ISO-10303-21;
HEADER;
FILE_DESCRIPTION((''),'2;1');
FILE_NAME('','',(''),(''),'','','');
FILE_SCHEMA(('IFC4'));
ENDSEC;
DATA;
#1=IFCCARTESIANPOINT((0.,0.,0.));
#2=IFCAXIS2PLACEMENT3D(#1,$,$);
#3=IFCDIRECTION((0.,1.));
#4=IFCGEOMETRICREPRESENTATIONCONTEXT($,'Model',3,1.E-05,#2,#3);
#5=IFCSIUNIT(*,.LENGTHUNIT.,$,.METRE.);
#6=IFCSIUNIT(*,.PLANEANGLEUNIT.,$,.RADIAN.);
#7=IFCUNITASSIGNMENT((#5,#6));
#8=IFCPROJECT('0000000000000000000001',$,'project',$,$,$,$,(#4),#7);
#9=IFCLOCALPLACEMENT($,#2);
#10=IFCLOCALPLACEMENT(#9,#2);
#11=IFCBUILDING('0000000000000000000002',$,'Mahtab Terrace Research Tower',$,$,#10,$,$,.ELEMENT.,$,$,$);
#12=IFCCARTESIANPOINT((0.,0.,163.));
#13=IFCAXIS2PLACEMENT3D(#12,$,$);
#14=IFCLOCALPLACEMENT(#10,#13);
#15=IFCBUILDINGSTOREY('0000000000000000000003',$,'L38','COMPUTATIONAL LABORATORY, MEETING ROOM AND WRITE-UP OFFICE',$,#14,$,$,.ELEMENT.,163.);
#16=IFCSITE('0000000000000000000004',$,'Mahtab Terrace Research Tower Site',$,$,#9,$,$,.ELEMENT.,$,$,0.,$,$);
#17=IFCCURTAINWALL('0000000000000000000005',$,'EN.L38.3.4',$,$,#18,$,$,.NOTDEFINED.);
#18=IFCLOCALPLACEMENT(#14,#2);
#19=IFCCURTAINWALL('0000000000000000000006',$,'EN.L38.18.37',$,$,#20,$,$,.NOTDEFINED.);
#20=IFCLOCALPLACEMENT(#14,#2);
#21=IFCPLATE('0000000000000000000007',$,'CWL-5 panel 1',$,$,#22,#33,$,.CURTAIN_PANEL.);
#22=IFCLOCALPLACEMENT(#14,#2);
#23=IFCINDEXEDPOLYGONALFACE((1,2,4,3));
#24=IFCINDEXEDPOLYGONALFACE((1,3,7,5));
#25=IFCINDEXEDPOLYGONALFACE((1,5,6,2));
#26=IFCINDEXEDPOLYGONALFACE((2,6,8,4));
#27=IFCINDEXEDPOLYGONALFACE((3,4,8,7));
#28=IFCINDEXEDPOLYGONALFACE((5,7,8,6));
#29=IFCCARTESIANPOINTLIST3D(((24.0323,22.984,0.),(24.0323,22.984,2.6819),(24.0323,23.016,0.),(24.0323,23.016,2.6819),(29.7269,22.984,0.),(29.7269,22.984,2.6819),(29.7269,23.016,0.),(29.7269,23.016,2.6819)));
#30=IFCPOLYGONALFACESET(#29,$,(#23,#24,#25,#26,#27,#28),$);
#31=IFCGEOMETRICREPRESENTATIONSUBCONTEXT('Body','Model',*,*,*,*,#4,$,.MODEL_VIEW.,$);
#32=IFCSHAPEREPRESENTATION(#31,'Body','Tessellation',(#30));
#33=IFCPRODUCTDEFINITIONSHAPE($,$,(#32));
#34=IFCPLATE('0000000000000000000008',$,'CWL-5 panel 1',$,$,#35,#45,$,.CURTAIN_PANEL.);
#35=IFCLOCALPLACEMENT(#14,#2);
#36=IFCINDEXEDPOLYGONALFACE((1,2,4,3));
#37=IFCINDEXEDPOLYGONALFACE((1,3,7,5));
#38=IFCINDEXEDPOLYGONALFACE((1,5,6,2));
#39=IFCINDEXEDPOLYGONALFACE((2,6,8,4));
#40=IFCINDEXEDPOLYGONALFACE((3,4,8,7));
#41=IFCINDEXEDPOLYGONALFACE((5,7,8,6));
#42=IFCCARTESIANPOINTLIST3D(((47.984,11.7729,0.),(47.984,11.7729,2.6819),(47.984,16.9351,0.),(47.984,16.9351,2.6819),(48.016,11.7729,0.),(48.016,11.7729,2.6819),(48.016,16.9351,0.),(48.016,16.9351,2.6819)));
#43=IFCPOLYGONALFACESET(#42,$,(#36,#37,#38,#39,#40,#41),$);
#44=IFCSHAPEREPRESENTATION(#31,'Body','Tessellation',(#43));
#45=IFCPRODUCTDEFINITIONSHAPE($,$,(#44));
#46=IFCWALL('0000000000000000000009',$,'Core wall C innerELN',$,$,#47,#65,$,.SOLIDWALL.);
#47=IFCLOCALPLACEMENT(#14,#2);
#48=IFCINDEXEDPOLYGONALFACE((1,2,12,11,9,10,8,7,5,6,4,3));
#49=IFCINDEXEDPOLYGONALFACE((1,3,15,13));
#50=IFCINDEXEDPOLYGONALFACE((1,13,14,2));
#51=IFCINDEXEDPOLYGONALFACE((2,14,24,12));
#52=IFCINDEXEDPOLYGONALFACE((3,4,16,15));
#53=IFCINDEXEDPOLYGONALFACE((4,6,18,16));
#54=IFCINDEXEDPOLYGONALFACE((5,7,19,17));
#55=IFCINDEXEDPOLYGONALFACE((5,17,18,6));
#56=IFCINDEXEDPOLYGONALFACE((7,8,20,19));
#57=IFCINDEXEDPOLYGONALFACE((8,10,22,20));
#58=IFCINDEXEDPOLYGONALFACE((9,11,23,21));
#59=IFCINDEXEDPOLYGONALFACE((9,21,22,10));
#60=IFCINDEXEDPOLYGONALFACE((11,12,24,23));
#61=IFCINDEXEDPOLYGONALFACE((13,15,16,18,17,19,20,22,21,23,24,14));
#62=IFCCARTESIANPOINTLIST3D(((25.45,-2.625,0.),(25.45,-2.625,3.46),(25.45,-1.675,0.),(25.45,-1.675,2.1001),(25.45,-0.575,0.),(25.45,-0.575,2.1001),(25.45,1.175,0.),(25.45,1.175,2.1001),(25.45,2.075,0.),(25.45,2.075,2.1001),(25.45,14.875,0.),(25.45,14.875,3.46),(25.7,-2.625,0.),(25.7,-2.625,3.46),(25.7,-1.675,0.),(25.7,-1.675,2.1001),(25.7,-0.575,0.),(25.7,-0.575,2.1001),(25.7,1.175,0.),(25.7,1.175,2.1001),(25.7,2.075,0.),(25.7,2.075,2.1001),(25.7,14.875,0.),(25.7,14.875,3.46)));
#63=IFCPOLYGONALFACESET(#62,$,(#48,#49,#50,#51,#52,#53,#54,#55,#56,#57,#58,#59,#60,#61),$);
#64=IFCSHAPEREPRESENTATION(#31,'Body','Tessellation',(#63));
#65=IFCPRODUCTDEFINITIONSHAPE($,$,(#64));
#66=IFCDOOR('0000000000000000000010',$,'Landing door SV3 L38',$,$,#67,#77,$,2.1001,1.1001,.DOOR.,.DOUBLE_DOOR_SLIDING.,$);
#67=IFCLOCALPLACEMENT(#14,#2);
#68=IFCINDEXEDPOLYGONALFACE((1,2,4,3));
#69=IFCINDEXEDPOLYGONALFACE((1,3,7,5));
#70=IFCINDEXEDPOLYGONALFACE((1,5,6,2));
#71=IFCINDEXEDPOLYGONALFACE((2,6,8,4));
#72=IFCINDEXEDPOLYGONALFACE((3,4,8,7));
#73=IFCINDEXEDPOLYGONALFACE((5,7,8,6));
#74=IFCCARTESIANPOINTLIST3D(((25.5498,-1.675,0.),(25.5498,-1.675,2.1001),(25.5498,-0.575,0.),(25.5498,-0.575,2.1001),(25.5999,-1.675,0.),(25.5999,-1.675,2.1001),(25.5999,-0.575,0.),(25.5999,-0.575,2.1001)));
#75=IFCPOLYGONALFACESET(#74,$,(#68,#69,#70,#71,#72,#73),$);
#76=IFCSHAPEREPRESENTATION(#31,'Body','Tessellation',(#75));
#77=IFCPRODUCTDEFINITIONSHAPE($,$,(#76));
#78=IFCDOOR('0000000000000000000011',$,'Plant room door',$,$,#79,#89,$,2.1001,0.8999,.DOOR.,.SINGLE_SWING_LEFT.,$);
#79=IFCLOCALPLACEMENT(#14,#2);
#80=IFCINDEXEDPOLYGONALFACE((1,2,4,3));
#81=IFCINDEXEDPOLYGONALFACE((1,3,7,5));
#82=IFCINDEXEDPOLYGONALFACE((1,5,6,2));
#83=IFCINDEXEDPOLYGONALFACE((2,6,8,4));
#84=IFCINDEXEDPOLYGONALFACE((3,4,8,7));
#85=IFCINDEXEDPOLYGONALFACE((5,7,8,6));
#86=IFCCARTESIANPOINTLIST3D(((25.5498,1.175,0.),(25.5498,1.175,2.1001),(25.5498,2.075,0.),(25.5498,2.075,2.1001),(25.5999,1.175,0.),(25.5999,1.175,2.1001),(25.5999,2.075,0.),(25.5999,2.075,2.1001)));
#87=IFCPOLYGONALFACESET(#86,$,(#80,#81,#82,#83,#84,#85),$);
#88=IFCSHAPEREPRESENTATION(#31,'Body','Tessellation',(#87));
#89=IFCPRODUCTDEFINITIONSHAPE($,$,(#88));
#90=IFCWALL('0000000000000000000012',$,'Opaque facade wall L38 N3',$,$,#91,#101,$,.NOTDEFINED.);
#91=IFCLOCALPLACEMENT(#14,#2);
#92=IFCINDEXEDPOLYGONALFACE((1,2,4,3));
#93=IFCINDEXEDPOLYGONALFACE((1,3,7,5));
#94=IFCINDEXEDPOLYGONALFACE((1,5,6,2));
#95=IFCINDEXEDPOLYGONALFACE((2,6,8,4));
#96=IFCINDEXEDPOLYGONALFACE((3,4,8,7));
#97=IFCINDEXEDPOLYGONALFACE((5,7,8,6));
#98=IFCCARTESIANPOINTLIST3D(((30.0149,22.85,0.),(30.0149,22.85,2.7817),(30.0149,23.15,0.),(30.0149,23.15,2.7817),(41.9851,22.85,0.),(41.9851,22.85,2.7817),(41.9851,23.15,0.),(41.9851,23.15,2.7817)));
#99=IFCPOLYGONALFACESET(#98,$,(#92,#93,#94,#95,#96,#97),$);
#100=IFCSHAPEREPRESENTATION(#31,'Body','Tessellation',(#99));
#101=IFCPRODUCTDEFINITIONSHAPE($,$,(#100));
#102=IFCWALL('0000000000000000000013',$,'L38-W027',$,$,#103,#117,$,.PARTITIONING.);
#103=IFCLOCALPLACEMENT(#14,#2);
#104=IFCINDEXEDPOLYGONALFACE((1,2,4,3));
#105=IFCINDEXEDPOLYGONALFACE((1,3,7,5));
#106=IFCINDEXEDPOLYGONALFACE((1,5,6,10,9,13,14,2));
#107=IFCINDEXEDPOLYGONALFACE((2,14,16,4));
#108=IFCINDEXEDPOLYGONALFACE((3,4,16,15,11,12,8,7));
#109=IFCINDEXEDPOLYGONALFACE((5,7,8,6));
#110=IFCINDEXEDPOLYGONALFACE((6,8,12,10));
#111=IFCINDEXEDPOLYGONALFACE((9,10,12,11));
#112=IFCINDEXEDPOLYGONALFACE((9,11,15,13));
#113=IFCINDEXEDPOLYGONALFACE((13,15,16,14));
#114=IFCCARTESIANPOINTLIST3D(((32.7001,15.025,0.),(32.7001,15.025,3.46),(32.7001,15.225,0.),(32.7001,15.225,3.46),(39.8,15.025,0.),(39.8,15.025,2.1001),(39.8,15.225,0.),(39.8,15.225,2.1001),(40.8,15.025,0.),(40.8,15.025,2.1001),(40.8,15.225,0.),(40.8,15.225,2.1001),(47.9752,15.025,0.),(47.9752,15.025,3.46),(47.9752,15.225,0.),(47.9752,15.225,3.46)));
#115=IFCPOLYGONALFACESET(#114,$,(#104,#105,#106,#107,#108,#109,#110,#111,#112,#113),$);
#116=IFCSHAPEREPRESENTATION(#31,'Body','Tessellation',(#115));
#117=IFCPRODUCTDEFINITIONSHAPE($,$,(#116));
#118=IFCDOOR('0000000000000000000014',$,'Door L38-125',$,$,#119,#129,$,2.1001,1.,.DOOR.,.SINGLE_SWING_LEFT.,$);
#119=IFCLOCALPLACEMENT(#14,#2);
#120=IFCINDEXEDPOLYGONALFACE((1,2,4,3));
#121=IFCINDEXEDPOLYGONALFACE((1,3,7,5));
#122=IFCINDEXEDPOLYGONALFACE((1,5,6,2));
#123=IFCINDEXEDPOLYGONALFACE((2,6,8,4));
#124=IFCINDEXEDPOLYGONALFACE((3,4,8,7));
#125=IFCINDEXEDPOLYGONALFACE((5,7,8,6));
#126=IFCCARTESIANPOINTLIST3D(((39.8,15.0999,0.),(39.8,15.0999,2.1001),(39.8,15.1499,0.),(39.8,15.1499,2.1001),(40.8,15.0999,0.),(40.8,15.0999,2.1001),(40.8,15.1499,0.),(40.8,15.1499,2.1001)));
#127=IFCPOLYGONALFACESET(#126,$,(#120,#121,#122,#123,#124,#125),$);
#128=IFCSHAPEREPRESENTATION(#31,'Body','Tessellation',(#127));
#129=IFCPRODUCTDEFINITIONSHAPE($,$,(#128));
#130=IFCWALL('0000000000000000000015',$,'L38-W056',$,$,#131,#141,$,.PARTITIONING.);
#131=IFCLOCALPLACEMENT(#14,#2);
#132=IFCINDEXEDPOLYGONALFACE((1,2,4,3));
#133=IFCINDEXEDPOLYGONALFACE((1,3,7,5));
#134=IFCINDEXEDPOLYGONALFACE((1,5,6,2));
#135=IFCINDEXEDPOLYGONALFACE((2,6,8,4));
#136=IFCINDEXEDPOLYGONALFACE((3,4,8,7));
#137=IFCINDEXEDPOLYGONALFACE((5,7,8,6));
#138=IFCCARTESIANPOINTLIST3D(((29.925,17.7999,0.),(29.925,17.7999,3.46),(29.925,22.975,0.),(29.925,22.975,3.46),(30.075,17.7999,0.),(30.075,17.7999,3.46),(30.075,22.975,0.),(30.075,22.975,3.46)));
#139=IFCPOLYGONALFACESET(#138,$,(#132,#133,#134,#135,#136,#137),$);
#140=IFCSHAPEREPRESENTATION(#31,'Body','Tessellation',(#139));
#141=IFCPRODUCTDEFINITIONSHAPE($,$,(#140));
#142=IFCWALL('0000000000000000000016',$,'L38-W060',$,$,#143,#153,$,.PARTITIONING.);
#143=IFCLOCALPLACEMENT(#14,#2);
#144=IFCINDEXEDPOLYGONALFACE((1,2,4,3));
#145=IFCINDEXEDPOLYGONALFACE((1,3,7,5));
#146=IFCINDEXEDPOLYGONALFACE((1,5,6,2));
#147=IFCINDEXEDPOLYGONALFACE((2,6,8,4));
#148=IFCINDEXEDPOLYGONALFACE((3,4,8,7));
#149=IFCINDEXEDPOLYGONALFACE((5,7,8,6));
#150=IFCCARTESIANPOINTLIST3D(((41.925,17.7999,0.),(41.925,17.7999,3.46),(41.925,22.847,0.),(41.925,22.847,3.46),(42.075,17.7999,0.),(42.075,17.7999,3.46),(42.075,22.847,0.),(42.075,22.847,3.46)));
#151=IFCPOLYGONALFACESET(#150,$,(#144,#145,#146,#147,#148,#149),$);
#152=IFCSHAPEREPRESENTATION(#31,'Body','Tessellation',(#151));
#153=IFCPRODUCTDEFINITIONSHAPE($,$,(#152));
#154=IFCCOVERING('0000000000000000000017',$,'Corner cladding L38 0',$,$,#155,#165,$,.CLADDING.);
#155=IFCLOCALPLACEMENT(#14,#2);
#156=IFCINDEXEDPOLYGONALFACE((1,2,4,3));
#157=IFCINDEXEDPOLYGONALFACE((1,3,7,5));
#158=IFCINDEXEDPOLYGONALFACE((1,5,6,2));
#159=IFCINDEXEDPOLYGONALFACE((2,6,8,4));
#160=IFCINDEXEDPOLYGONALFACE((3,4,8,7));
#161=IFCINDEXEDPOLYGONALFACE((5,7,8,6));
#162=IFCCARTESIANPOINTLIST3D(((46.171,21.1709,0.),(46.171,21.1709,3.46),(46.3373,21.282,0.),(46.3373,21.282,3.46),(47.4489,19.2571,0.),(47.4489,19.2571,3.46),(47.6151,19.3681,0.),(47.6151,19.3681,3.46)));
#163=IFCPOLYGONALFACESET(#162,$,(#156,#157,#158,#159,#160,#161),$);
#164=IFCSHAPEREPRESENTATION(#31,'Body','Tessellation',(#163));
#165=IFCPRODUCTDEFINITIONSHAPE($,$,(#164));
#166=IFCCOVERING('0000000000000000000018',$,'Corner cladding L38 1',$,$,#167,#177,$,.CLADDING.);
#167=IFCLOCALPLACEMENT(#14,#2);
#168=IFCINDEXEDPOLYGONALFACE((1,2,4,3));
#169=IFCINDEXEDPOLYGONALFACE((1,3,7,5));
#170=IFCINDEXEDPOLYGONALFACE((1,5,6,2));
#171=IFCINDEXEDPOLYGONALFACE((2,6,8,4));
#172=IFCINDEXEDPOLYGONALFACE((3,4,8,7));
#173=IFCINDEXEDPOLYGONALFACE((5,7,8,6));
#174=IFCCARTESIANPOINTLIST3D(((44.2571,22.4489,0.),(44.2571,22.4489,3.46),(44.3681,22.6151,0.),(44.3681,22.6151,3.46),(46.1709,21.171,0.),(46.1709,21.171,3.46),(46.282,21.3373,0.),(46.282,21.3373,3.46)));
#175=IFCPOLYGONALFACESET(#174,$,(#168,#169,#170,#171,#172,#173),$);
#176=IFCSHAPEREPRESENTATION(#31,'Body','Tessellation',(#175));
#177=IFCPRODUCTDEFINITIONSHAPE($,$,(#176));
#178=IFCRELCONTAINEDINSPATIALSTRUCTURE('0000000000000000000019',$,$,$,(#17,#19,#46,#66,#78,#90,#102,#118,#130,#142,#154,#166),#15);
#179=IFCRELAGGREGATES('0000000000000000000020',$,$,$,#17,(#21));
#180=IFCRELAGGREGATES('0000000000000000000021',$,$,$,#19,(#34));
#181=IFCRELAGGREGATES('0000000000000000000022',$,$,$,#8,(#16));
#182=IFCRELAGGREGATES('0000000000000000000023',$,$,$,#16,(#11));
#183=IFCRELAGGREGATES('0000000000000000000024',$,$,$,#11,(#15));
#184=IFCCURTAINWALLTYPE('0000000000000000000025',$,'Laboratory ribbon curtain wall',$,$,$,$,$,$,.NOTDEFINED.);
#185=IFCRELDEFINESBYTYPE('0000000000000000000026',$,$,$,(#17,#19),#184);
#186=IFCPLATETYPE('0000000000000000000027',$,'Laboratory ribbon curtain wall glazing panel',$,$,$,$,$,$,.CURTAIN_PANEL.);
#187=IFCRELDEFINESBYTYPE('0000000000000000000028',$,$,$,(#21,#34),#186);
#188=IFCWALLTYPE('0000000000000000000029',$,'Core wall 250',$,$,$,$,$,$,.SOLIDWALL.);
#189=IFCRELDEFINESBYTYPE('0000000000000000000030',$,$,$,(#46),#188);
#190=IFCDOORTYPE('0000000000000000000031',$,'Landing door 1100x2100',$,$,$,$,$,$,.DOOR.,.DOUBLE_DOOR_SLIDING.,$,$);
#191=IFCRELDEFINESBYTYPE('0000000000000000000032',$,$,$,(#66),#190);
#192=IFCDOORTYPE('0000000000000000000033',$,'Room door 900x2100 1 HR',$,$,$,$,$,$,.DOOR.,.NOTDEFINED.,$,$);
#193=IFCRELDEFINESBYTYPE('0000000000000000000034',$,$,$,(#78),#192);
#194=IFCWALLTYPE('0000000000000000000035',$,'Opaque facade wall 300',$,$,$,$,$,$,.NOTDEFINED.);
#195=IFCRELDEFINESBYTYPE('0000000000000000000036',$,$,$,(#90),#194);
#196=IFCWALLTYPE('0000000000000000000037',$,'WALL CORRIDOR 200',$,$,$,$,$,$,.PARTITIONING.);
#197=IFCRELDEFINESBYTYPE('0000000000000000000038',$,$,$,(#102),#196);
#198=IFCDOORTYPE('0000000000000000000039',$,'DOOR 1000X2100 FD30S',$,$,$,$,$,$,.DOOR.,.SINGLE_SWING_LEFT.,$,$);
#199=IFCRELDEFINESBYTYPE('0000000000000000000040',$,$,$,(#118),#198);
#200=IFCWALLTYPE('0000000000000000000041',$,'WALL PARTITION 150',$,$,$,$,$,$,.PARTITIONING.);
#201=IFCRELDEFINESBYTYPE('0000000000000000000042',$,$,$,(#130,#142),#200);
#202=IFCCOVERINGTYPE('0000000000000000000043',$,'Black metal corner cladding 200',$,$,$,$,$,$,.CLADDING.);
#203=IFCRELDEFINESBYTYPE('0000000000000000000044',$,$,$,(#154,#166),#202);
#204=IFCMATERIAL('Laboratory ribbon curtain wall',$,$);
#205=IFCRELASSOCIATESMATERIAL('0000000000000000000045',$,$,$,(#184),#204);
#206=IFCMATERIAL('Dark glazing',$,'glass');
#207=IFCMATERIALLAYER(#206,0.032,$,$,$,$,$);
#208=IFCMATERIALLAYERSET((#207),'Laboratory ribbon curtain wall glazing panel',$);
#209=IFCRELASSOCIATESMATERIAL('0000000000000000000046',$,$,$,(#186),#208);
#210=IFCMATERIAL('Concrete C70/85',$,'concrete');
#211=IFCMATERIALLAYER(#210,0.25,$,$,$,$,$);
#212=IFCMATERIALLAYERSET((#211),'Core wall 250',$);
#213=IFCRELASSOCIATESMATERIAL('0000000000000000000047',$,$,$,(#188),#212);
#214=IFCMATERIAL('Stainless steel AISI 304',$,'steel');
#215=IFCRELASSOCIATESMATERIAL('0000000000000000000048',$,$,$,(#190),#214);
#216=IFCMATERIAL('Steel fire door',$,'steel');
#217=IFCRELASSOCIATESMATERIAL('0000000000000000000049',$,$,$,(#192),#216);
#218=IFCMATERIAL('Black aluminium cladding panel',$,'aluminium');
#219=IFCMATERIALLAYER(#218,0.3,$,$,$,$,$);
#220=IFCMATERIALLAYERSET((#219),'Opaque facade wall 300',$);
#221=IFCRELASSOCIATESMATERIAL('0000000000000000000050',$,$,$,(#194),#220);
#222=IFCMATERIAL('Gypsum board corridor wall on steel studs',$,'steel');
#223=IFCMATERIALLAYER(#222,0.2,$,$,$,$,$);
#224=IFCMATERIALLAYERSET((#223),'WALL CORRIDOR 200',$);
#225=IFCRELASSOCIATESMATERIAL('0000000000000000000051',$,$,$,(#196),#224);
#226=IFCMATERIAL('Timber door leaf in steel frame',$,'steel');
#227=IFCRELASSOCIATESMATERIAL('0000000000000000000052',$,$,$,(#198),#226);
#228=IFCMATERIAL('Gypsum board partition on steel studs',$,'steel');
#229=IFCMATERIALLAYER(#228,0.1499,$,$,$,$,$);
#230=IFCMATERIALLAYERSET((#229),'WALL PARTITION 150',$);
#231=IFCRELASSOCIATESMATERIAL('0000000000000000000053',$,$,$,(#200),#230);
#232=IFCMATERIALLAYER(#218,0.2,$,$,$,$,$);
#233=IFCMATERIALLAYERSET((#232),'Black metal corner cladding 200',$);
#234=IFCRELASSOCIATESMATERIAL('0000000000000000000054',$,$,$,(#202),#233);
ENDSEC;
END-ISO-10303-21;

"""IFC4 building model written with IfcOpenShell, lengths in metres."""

from ifc_helpers import new_model, si_unit, direction, frame, frame_2d, origin, origin_2d, place, context, subcontext, project, spatial, rectangle, extrude, material, layer, layer_set, type_object, element, fill, aggregate, save


model = new_model("IFC4")

# Units and contexts
model_context = context("Model", 3, precision=1e-05, world=origin(), true_north=direction((0.0, 1.0)))
body_context = subcontext(model_context, "Body", "Model", "MODEL_VIEW")
ifc_project = project(units=[si_unit("LENGTHUNIT", "METRE"), si_unit("PLANEANGLEUNIT", "RADIAN")], contexts=[model_context])

# Site, building, storey
site_placement = place(None, origin())
site = spatial("IfcSite", under=ifc_project, at=site_placement, Name="Mahtab Terrace Research Tower Site", CompositionType="ELEMENT", RefElevation=0.0)
building_placement = place(site_placement, origin())
building = spatial("IfcBuilding", under=site, at=building_placement, Name="Mahtab Terrace Research Tower", CompositionType="ELEMENT")
storey_placement = place(building_placement, frame((0.0, 0.0, 163.0)))
storey = spatial("IfcBuildingStorey", under=building, at=storey_placement, Name="L38", Description="COMPUTATIONAL LABORATORY, MEETING ROOM AND WRITE-UP OFFICE", CompositionType="ELEMENT", Elevation=163.0)

# Curtain walls
ifc_material_1 = material(Name="Laboratory ribbon curtain wall")
curtain_wall_type = type_object("IfcCurtainWallType", Name="Laboratory ribbon curtain wall", PredefinedType="NOTDEFINED", material=ifc_material_1)
curtain_wall_1_placement = place(storey_placement, origin())
curtain_wall_1 = element("IfcCurtainWall", 1, at=curtain_wall_1_placement, inside=storey, type_object=curtain_wall_type, Name="EN.L38.3.4", PredefinedType="NOTDEFINED")
curtain_wall_2_placement = place(storey_placement, origin())
curtain_wall_2 = element("IfcCurtainWall", 2, at=curtain_wall_2_placement, inside=storey, type_object=curtain_wall_type, Name="EN.L38.18.37", PredefinedType="NOTDEFINED")

# Plates
ifc_material_2 = material(Name="Dark glazing", Category="glass")
ifc_layer_1 = layer(ifc_material_2, 0.032)
ifc_layer_set_1 = layer_set([ifc_layer_1], Name="Laboratory ribbon curtain wall glazing panel")
plate_type = type_object("IfcPlateType", Name="Laboratory ribbon curtain wall glazing panel", PredefinedType="CURTAIN_PANEL", material=ifc_layer_set_1)
plate_1_placement = place(storey_placement, frame((26.8796, 23.0, 0.0), z_axis=(0.0, 0.0, 1.0), x_axis=(-1.0, 0.0, 0.0)))
plate_1 = element("IfcPlate", 3, at=plate_1_placement, type_object=plate_type, Name="CWL-5 panel 1", PredefinedType="CURTAIN_PANEL", context=body_context, shape_type="SweptSolid", body=[
    extrude(rectangle(XDim=5.6946, YDim=0.032, at=origin_2d()), origin(), (0.0, 0.0, 1.0), 2.6819),
])
aggregate(curtain_wall_1, [plate_1])
plate_2_placement = place(storey_placement, frame((48.0, 14.354, 0.0), z_axis=(0.0, 0.0, 1.0), x_axis=(0.0, 1.0, 0.0)))
plate_2 = element("IfcPlate", 4, at=plate_2_placement, type_object=plate_type, Name="CWL-5 panel 1", PredefinedType="CURTAIN_PANEL", context=body_context, shape_type="SweptSolid", body=[
    extrude(rectangle(XDim=5.1621, YDim=0.032, at=origin_2d()), origin(), (0.0, 0.0, 1.0), 2.6819),
])
aggregate(curtain_wall_2, [plate_2])

# Wall, openings, doors
ifc_material_3 = material(Name="Concrete C70/85", Category="concrete")
ifc_layer_2 = layer(ifc_material_3, 0.25)
ifc_layer_set_2 = layer_set([ifc_layer_2], Name="Core wall 250")
wall_type_1 = type_object("IfcWallType", Name="Core wall 250", PredefinedType="SOLIDWALL", material=ifc_layer_set_2)
wall_1_placement = place(storey_placement, frame((25.575, 14.875, 0.0), z_axis=(0.0, 0.0, 1.0), x_axis=(0.0, -1.0, 0.0)))
wall_1 = element("IfcWall", 5, at=wall_1_placement, inside=storey, type_object=wall_type_1, Name="Core wall C innerELN", PredefinedType="SOLIDWALL", context=body_context, shape_type="SweptSolid", body=[
    extrude(rectangle(XDim=17.5, YDim=0.25, at=frame_2d((8.75, 0.0))), origin(), (0.0, 0.0, 1.0), 3.46),
])
opening_1_placement = place(wall_1_placement, frame((15.45, 0.0, 0.0)))
opening_1 = element("IfcOpeningElement", 6, at=opening_1_placement, cuts=wall_1, PredefinedType="OPENING", context=body_context, shape_type="SweptSolid", body=[
    extrude(rectangle(XDim=1.1001, YDim=2.1001, at=frame_2d((0.55, 1.05))), frame((0.0, 0.135, 0.0), z_axis=(0.0, -1.0, 0.0), x_axis=(1.0, 0.0, 0.0)), (0.0, 0.0, 1.0), 0.27),
])
opening_2_placement = place(wall_1_placement, frame((12.8, 0.0, 0.0)))
opening_2 = element("IfcOpeningElement", 7, at=opening_2_placement, cuts=wall_1, PredefinedType="OPENING", context=body_context, shape_type="SweptSolid", body=[
    extrude(rectangle(XDim=0.8999, YDim=2.1001, at=frame_2d((0.45, 1.05))), frame((0.0, 0.135, 0.0), z_axis=(0.0, -1.0, 0.0), x_axis=(1.0, 0.0, 0.0)), (0.0, 0.0, 1.0), 0.27),
])
ifc_material_4 = material(Name="Stainless steel AISI 304", Category="steel")
door_type_1 = type_object("IfcDoorType", Name="Landing door 1100x2100", OperationType="DOUBLE_DOOR_SLIDING", PredefinedType="DOOR", material=ifc_material_4)
door_1_placement = place(opening_1_placement, origin())
door_1 = element("IfcDoor", 8, at=door_1_placement, inside=storey, type_object=door_type_1, Name="Landing door SV3 L38", OperationType="DOUBLE_DOOR_SLIDING", OverallHeight=2.1001, OverallWidth=1.1001, PredefinedType="DOOR", context=body_context, shape_type="SweptSolid", body=[
    extrude(rectangle(XDim=1.1001, YDim=2.1001, at=frame_2d((0.55, 1.05))), frame((0.0, 0.0249, 0.0), z_axis=(0.0, -1.0, 0.0), x_axis=(1.0, 0.0, 0.0)), (0.0, 0.0, 1.0), 0.05),
])
fill(opening_1, door_1)
ifc_material_5 = material(Name="Steel fire door", Category="steel")
door_type_2 = type_object("IfcDoorType", Name="Room door 900x2100 1 HR", OperationType="NOTDEFINED", PredefinedType="DOOR", material=ifc_material_5)
door_2_placement = place(opening_2_placement, origin())
door_2 = element("IfcDoor", 9, at=door_2_placement, inside=storey, type_object=door_type_2, Name="Plant room door", OperationType="SINGLE_SWING_LEFT", OverallHeight=2.1001, OverallWidth=0.8999, PredefinedType="DOOR", context=body_context, shape_type="SweptSolid", body=[
    extrude(rectangle(XDim=0.8999, YDim=2.1001, at=frame_2d((0.45, 1.05))), frame((0.0, 0.0249, 0.0), z_axis=(0.0, -1.0, 0.0), x_axis=(1.0, 0.0, 0.0)), (0.0, 0.0, 1.0), 0.05),
])
fill(opening_2, door_2)

# Wall
ifc_material_6 = material(Name="Black aluminium cladding panel", Category="aluminium")
ifc_layer_3 = layer(ifc_material_6, 0.3)
ifc_layer_set_3 = layer_set([ifc_layer_3], Name="Opaque facade wall 300")
wall_type_2 = type_object("IfcWallType", Name="Opaque facade wall 300", PredefinedType="NOTDEFINED", material=ifc_layer_set_3)
wall_2_placement = place(storey_placement, frame((41.9851, 23.0, 0.0), z_axis=(0.0, 0.0, 1.0), x_axis=(-1.0, 0.0, 0.0)))
element("IfcWall", 10, at=wall_2_placement, inside=storey, type_object=wall_type_2, Name="Opaque facade wall L38 N3", PredefinedType="NOTDEFINED", context=body_context, shape_type="SweptSolid", body=[
    extrude(rectangle(XDim=11.9702, YDim=0.3, at=frame_2d((5.9851, 0.0))), origin(), (0.0, 0.0, 1.0), 2.7817),
])

# Wall, opening, door
ifc_material_7 = material(Name="Gypsum board corridor wall on steel studs", Category="steel")
ifc_layer_4 = layer(ifc_material_7, 0.2)
ifc_layer_set_4 = layer_set([ifc_layer_4], Name="WALL CORRIDOR 200")
wall_type_3 = type_object("IfcWallType", Name="WALL CORRIDOR 200", PredefinedType="PARTITIONING", material=ifc_layer_set_4)
wall_3_placement = place(storey_placement, frame((32.7, 15.125, 0.0), z_axis=(0.0, 0.0, 1.0), x_axis=(1.0, 0.0, 0.0)))
wall_3 = element("IfcWall", 11, at=wall_3_placement, inside=storey, type_object=wall_type_3, Name="L38-W027", PredefinedType="PARTITIONING", context=body_context, shape_type="SweptSolid", body=[
    extrude(rectangle(XDim=15.2751, YDim=0.2, at=frame_2d((7.6377, 0.0))), origin(), (0.0, 0.0, 1.0), 3.46),
])
opening_3_placement = place(wall_3_placement, frame((7.1001, 0.0, 0.0)))
opening_3 = element("IfcOpeningElement", 12, at=opening_3_placement, cuts=wall_3, PredefinedType="OPENING", context=body_context, shape_type="SweptSolid", body=[
    extrude(rectangle(XDim=1.0, YDim=2.1001, at=frame_2d((0.5, 1.05))), frame((0.0, 0.1099, 0.0), z_axis=(0.0, -1.0, 0.0), x_axis=(1.0, 0.0, 0.0)), (0.0, 0.0, 1.0), 0.22),
])
ifc_material_8 = material(Name="Timber door leaf in steel frame", Category="steel")
door_type_3 = type_object("IfcDoorType", Name="DOOR 1000X2100 FD30S", OperationType="SINGLE_SWING_LEFT", PredefinedType="DOOR", material=ifc_material_8)
door_3_placement = place(opening_3_placement, origin())
door_3 = element("IfcDoor", 13, at=door_3_placement, inside=storey, type_object=door_type_3, Name="Door L38-125", OperationType="SINGLE_SWING_LEFT", OverallHeight=2.1001, OverallWidth=1.0, PredefinedType="DOOR", context=body_context, shape_type="SweptSolid", body=[
    extrude(rectangle(XDim=1.0, YDim=2.1001, at=frame_2d((0.5, 1.05))), frame((0.0, 0.0249, 0.0), z_axis=(0.0, -1.0, 0.0), x_axis=(1.0, 0.0, 0.0)), (0.0, 0.0, 1.0), 0.05),
])
fill(opening_3, door_3)

# Walls
ifc_material_9 = material(Name="Gypsum board partition on steel studs", Category="steel")
ifc_layer_5 = layer(ifc_material_9, 0.1499)
ifc_layer_set_5 = layer_set([ifc_layer_5], Name="WALL PARTITION 150")
wall_type_4 = type_object("IfcWallType", Name="WALL PARTITION 150", PredefinedType="PARTITIONING", material=ifc_layer_set_5)
wall_4_placement = place(storey_placement, frame((30.0, 17.8, 0.0), z_axis=(0.0, 0.0, 1.0), x_axis=(0.0, 1.0, 0.0)))
element("IfcWall", 14, at=wall_4_placement, inside=storey, type_object=wall_type_4, Name="L38-W056", PredefinedType="PARTITIONING", context=body_context, shape_type="SweptSolid", body=[
    extrude(rectangle(XDim=5.175, YDim=0.1499, at=frame_2d((2.5874, 0.0))), origin(), (0.0, 0.0, 1.0), 3.46),
])
wall_5_placement = place(storey_placement, frame((42.0, 17.8, 0.0), z_axis=(0.0, 0.0, 1.0), x_axis=(0.0, 1.0, 0.0)))
element("IfcWall", 15, at=wall_5_placement, inside=storey, type_object=wall_type_4, Name="L38-W060", PredefinedType="PARTITIONING", context=body_context, shape_type="SweptSolid", body=[
    extrude(rectangle(XDim=5.0471, YDim=0.1499, at=frame_2d((2.5234, 0.0))), origin(), (0.0, 0.0, 1.0), 3.46),
])

# Coverings
ifc_layer_6 = layer(ifc_material_6, 0.2)
ifc_layer_set_6 = layer_set([ifc_layer_6], Name="Black metal corner cladding 200")
covering_type = type_object("IfcCoveringType", Name="Black metal corner cladding 200", PredefinedType="CLADDING", material=ifc_layer_set_6)
for number, where, z_axis, x_axis, name in (
    (16, (46.8931, 20.2695, 0.0), (0.0, 0.0, 1.0), (-0.555291, 0.831656, 0.0), "Corner cladding L38 0"),
    (17, (45.2695, 21.8931, 0.0), (0.0, 0.0, 1.0), (-0.831656, 0.555291, 0.0), "Corner cladding L38 1"),
):
    element("IfcCovering", number, at=place(storey_placement, frame(where, z_axis=z_axis, x_axis=x_axis)), inside=storey, type_object=covering_type, Name=name, PredefinedType="CLADDING", context=body_context, shape_type="SweptSolid", body=[
        extrude(rectangle(XDim=2.3013, YDim=0.2, at=origin_2d()), origin(), (0.0, 0.0, 1.0), 3.46),
    ])

save(model, "model.ifc")
